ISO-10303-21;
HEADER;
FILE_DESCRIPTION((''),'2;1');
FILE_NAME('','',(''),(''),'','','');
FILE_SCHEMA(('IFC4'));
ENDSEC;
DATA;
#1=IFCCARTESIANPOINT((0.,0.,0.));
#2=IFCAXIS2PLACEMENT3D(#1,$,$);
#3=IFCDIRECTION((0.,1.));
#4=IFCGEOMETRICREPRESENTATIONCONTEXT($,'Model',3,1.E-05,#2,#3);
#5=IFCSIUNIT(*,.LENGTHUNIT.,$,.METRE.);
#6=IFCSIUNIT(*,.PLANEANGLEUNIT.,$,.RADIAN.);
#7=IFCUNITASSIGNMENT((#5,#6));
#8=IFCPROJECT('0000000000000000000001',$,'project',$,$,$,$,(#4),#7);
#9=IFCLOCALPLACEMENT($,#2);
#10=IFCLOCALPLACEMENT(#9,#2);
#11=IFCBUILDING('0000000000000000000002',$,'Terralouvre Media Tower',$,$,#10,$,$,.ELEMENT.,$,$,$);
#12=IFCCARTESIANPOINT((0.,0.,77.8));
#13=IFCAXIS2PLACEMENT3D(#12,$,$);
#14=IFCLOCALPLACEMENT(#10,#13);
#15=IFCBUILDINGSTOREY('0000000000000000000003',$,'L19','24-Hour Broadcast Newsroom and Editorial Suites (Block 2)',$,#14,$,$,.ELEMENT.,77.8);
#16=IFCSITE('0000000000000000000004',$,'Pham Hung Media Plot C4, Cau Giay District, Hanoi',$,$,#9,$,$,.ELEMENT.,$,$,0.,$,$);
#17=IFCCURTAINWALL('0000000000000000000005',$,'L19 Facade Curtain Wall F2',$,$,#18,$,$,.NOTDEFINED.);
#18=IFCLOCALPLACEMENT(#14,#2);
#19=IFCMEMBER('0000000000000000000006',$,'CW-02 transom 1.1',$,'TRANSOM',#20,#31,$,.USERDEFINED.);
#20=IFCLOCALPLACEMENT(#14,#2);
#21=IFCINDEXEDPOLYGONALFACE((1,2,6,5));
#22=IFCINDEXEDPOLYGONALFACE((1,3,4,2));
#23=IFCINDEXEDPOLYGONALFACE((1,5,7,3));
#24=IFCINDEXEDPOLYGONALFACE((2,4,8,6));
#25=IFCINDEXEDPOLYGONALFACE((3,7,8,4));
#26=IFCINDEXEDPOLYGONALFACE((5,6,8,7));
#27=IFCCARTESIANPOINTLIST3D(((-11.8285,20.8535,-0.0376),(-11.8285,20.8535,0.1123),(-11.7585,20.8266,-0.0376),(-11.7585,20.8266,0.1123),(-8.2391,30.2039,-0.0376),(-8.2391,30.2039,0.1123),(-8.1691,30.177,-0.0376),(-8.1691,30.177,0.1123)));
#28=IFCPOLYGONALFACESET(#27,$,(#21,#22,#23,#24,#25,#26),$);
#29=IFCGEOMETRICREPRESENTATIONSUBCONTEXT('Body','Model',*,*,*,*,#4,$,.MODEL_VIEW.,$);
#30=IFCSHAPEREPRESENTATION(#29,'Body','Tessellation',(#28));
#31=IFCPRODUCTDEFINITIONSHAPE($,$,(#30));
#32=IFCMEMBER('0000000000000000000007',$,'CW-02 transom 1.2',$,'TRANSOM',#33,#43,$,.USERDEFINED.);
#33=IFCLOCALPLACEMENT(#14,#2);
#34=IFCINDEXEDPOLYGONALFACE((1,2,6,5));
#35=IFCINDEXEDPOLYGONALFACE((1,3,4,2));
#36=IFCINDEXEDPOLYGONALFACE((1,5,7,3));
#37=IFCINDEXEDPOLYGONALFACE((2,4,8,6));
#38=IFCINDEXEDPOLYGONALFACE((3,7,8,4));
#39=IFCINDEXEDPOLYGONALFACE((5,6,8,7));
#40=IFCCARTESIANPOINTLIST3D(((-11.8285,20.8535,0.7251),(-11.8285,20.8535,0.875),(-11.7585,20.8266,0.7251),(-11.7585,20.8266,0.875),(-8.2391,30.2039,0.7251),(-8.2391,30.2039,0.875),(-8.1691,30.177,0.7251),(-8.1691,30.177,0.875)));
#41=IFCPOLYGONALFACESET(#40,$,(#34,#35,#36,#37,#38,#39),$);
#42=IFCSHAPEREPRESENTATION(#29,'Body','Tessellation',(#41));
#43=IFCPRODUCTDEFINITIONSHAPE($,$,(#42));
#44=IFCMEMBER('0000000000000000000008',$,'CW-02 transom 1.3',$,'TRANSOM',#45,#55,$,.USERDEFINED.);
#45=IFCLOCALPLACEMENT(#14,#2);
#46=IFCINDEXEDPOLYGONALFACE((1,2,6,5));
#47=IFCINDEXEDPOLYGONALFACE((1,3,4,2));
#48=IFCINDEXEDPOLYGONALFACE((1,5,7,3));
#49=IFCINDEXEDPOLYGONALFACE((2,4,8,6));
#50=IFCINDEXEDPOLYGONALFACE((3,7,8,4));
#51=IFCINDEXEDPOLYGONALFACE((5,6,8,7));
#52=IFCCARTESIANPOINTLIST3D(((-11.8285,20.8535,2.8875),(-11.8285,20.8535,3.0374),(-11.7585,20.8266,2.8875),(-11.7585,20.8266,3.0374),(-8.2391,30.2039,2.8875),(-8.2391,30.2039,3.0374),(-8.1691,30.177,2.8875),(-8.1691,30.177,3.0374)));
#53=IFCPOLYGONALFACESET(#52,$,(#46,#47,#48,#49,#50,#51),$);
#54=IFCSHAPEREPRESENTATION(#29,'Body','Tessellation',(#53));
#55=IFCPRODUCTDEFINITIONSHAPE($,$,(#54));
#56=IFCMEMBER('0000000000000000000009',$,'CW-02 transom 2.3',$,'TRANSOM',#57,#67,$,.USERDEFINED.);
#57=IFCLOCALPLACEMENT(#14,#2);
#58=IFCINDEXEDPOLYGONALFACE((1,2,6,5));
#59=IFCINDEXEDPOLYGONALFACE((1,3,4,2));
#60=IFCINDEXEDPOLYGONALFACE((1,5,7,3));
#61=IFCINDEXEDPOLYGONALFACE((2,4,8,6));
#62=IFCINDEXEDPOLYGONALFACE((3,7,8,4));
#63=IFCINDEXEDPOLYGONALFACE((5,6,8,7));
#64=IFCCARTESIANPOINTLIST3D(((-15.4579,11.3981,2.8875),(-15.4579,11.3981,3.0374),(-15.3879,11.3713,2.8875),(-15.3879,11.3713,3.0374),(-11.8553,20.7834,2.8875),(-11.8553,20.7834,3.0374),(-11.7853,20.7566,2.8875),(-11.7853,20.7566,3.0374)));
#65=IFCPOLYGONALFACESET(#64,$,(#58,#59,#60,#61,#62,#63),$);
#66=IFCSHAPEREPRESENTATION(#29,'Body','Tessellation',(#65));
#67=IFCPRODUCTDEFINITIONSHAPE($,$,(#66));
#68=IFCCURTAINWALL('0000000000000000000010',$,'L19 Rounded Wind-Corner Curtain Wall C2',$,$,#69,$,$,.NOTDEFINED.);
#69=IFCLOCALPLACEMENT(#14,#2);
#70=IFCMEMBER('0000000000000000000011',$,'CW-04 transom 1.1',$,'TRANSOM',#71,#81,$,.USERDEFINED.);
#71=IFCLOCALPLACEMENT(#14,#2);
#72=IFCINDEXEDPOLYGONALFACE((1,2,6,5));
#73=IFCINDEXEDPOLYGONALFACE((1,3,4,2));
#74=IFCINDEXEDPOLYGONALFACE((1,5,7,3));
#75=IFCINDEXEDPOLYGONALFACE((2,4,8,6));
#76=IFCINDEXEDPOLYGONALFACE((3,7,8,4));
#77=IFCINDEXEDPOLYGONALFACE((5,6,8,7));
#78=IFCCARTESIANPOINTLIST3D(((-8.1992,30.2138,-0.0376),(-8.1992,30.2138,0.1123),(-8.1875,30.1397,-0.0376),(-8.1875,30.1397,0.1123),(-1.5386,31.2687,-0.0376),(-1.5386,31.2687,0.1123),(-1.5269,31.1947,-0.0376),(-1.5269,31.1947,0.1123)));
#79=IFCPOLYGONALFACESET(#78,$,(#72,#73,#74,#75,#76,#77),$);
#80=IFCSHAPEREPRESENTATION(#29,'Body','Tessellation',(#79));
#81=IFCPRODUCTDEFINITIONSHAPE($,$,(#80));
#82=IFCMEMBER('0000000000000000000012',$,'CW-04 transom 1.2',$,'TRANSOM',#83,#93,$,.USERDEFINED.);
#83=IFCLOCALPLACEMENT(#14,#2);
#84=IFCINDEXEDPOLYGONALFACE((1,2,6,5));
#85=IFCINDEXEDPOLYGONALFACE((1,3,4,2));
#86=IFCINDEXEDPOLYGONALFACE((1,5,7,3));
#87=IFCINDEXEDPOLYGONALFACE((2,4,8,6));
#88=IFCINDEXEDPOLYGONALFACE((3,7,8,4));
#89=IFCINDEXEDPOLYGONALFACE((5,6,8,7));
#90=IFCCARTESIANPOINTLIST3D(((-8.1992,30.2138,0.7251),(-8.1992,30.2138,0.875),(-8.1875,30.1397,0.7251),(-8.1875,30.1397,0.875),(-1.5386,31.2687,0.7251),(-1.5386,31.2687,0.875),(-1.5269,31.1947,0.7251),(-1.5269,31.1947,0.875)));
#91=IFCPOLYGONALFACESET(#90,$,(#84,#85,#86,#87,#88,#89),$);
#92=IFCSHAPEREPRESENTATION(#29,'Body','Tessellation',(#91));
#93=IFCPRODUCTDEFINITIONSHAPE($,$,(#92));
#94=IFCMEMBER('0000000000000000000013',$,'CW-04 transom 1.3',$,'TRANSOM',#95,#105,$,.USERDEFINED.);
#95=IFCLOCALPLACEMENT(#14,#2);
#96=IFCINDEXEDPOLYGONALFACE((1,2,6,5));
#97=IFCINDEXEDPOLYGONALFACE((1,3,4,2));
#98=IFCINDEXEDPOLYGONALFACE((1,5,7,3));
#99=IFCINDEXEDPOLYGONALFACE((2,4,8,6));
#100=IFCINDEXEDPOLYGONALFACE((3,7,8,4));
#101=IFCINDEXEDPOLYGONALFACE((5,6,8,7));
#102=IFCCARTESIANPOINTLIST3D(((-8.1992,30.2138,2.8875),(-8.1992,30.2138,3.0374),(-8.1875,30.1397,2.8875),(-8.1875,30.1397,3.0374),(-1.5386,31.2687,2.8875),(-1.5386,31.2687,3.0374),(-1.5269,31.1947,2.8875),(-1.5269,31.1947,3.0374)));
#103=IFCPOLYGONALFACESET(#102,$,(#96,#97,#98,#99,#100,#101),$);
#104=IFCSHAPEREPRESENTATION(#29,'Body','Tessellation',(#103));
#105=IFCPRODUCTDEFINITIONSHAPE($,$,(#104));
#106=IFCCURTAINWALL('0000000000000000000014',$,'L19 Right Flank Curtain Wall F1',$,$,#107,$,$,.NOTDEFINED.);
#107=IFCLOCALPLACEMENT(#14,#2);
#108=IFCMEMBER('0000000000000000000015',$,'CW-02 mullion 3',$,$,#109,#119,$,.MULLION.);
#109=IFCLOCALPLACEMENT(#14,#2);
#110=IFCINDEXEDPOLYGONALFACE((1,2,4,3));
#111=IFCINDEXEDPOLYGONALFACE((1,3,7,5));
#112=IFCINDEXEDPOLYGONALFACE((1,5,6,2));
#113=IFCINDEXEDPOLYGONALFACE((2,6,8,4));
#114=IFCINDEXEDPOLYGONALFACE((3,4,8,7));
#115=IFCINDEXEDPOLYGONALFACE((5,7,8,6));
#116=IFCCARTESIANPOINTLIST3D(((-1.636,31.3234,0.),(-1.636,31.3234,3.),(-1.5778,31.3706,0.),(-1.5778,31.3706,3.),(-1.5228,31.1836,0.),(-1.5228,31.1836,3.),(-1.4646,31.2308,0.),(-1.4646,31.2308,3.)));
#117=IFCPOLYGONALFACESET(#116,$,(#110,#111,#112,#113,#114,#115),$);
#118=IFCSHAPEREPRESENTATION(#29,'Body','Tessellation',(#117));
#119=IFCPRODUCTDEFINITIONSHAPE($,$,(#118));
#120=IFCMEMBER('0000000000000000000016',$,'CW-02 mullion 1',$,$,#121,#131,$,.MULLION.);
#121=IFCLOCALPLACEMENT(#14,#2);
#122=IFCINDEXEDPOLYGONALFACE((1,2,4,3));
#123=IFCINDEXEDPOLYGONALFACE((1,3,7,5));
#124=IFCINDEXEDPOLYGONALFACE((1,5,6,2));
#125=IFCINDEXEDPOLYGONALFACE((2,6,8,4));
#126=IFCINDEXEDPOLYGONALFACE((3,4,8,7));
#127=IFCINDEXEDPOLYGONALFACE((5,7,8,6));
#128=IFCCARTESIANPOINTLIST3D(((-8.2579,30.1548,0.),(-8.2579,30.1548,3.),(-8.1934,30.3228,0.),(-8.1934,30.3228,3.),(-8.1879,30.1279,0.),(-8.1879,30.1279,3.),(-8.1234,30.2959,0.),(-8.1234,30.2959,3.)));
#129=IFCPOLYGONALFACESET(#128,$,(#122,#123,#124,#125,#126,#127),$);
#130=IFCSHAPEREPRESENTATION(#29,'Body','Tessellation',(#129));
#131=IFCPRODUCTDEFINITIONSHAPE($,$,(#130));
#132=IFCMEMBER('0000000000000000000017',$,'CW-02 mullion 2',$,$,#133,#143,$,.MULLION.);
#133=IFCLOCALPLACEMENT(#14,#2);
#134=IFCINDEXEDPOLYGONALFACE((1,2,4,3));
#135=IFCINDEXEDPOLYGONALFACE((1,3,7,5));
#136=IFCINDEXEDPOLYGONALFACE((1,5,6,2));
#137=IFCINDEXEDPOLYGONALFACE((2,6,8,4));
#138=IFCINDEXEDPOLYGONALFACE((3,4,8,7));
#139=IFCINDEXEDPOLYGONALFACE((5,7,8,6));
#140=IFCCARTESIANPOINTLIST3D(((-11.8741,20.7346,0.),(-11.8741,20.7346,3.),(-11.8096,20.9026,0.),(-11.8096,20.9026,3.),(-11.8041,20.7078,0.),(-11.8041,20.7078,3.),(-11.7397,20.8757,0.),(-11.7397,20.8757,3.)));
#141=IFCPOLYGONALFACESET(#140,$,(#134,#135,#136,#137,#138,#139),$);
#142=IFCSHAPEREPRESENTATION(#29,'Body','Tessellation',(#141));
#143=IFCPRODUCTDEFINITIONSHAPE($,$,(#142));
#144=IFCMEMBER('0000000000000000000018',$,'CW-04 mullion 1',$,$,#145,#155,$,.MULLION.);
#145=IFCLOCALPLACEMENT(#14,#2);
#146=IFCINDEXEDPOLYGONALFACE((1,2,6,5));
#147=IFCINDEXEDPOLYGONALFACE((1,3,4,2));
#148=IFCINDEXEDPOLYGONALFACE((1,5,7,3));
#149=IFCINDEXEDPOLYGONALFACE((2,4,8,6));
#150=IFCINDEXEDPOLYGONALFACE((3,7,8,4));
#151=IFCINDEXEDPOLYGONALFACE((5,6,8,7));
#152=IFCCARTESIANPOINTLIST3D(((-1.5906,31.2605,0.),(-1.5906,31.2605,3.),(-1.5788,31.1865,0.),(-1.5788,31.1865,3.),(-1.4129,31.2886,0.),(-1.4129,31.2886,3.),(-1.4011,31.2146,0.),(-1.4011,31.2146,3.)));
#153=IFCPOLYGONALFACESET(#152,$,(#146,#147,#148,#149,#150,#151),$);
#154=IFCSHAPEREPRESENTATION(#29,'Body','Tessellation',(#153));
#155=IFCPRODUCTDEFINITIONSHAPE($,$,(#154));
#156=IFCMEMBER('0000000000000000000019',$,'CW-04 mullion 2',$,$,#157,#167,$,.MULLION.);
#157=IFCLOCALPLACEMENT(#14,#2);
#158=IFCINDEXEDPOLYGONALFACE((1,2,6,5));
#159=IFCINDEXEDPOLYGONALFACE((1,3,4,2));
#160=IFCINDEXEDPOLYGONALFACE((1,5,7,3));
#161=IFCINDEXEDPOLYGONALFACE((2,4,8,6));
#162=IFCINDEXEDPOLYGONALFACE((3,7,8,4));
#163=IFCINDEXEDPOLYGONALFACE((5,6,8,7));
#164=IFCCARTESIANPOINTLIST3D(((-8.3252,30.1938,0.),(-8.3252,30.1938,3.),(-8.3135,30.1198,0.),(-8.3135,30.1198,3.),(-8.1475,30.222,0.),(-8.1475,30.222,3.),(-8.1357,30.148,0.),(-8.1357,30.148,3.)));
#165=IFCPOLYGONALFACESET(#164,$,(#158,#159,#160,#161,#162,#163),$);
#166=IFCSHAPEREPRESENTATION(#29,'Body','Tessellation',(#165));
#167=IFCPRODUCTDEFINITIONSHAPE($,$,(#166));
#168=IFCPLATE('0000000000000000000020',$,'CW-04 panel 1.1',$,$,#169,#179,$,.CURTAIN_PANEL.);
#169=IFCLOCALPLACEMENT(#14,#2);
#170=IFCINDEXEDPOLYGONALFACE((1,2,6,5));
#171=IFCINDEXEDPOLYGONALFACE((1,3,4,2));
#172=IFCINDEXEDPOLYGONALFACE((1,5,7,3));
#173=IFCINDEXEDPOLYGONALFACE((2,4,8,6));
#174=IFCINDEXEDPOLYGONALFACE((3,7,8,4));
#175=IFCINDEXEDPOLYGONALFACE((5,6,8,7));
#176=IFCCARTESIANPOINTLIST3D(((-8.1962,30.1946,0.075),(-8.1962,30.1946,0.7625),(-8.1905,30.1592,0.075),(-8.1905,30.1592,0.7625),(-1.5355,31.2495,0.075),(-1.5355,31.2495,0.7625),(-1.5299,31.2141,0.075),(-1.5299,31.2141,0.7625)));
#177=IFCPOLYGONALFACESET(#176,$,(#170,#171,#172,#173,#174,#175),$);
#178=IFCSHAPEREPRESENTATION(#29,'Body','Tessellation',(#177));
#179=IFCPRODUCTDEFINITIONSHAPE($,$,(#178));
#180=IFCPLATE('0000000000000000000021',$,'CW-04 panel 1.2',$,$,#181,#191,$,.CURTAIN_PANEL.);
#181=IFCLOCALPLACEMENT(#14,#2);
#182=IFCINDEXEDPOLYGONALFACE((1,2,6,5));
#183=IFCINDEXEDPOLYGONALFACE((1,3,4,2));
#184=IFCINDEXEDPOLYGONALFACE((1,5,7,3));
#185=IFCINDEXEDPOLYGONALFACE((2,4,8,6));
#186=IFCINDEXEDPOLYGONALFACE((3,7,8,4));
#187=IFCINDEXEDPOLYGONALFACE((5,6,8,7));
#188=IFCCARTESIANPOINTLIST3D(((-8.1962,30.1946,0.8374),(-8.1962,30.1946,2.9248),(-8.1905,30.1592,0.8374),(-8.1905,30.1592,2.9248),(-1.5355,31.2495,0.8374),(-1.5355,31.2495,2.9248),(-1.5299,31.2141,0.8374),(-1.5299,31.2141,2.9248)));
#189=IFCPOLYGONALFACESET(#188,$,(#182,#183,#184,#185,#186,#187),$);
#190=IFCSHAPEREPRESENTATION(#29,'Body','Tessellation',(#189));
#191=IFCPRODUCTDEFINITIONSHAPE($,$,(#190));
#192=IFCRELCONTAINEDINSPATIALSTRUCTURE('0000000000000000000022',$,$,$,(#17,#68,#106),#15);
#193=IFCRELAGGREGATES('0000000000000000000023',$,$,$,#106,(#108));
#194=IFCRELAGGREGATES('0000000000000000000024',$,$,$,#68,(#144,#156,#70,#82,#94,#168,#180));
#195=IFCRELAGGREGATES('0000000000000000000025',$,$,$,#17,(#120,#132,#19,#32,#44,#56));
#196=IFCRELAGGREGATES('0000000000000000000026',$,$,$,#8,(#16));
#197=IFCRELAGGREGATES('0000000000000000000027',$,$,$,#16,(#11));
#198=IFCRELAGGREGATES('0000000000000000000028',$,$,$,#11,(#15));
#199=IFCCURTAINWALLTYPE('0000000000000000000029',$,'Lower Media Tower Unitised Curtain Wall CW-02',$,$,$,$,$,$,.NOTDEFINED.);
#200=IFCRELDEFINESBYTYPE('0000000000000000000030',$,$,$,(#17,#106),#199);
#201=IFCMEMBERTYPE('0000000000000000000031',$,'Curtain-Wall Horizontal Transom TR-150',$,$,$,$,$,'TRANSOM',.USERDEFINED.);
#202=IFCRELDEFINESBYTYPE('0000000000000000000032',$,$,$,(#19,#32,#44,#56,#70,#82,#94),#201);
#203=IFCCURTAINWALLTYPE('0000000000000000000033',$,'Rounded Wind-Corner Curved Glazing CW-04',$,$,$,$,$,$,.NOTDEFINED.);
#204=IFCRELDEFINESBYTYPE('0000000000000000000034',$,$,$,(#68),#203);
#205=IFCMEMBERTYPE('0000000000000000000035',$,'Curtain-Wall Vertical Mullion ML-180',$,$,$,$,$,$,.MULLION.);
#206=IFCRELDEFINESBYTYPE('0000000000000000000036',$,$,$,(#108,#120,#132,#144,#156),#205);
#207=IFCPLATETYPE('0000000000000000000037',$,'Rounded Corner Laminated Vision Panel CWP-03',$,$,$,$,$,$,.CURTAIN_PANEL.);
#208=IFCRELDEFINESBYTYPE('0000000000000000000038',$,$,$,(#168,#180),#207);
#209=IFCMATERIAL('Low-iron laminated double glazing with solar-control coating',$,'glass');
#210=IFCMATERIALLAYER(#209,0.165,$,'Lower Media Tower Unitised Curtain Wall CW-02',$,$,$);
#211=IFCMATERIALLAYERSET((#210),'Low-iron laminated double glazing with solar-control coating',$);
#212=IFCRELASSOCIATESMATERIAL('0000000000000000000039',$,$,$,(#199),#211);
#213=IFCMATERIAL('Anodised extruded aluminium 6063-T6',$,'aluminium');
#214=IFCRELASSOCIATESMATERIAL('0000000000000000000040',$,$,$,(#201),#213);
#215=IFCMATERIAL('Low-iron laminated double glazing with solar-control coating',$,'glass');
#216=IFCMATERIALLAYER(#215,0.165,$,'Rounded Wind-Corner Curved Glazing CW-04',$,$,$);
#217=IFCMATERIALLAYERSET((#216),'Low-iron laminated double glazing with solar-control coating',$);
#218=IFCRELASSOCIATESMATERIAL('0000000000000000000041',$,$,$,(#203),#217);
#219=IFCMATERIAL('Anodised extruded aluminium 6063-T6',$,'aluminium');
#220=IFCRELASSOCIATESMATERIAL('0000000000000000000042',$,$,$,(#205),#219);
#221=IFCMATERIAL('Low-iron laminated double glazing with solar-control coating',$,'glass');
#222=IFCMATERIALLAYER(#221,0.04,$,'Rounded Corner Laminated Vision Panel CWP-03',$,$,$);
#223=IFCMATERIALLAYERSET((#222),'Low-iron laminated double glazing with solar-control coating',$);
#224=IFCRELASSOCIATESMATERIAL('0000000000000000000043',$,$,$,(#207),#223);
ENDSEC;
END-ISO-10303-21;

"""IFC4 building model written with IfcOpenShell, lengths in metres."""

from ifc_helpers import new_model, si_unit, direction, frame, origin, origin_2d, place, context, subcontext, project, spatial, rectangle, extrude, material, layer, layer_set, material_profile, profile_set, type_object, element, aggregate, save


model = new_model("IFC4")

# Units and contexts
model_context = context("Model", 3, precision=1e-05, world=origin(), true_north=direction((0.0, 1.0)))
body_context = subcontext(model_context, "Body", "Model", "MODEL_VIEW")
ifc_project = project(units=[si_unit("LENGTHUNIT", "METRE"), si_unit("PLANEANGLEUNIT", "RADIAN")], contexts=[model_context])

# Site, building, storey
site_placement = place(None, origin())
site = spatial("IfcSite", under=ifc_project, at=site_placement, Name="Pham Hung Media Plot C4, Cau Giay District, Hanoi", CompositionType="ELEMENT", RefElevation=0.0)
building_placement = place(site_placement, origin())
building = spatial("IfcBuilding", under=site, at=building_placement, Name="Terralouvre Media Tower", CompositionType="ELEMENT")
storey_placement = place(building_placement, frame((0.0, 0.0, 77.8)))
storey = spatial("IfcBuildingStorey", under=building, at=storey_placement, Name="L19", Description="24-Hour Broadcast Newsroom and Editorial Suites (Block 2)", CompositionType="ELEMENT", Elevation=77.8)

# Curtain walls, members
ifc_material_1 = material(Name="Low-iron laminated double glazing with solar-control coating", Category="glass")
ifc_layer_1 = layer(ifc_material_1, 0.165, Name="Lower Media Tower Unitised Curtain Wall CW-02")
ifc_layer_set_1 = layer_set([ifc_layer_1], Name="Low-iron laminated double glazing with solar-control coating")
curtain_wall_type_1 = type_object("IfcCurtainWallType", Name="Lower Media Tower Unitised Curtain Wall CW-02", PredefinedType="NOTDEFINED", material=ifc_layer_set_1)
curtain_wall_1_placement = place(storey_placement, origin())
curtain_wall_1 = element("IfcCurtainWall", 1, at=curtain_wall_1_placement, inside=storey, type_object=curtain_wall_type_1, Name="L19 Facade Curtain Wall F2", PredefinedType="NOTDEFINED")
ifc_material_2 = material(Name="Anodised extruded aluminium 6063-T6", Category="aluminium")
ifc_material_profile_1 = material_profile(ifc_material_2, rectangle(XDim=0.075, YDim=0.1499, at=origin_2d()), Name="ALU 75x150")
ifc_profile_set_1 = profile_set([ifc_material_profile_1], Name="Anodised extruded aluminium 6063-T6")
member_type_1 = type_object("IfcMemberType", Name="Curtain-Wall Horizontal Transom TR-150", ElementType="TRANSOM", PredefinedType="USERDEFINED", material=ifc_profile_set_1)
member_1_placement = place(storey_placement, frame((-8.2041, 30.1904, 0.0374), z_axis=(-0.358376, -0.933577, 0.0), x_axis=(0.933577, -0.358376, 0.0)))
member_1 = element("IfcMember", 2, at=member_1_placement, type_object=member_type_1, Name="CW-02 transom 1.1", ObjectType="TRANSOM", PredefinedType="USERDEFINED", context=body_context, shape_type="SweptSolid", body=[
    extrude(rectangle(XDim=0.075, YDim=0.1499, at=origin_2d()), origin(), (0.0, 0.0, 1.0), 10.0156),
])
member_2_placement = place(storey_placement, frame((-8.2041, 30.1904, 0.8), z_axis=(-0.358376, -0.933577, 0.0), x_axis=(0.933577, -0.358376, 0.0)))
member_2 = element("IfcMember", 3, at=member_2_placement, type_object=member_type_1, Name="CW-02 transom 1.2", ObjectType="TRANSOM", PredefinedType="USERDEFINED", context=body_context, shape_type="SweptSolid", body=[
    extrude(rectangle(XDim=0.075, YDim=0.1499, at=origin_2d()), origin(), (0.0, 0.0, 1.0), 10.0156),
])
member_3_placement = place(storey_placement, frame((-8.2041, 30.1904, 2.9624), z_axis=(-0.358376, -0.933577, 0.0), x_axis=(0.933577, -0.358376, 0.0)))
member_3 = element("IfcMember", 4, at=member_3_placement, type_object=member_type_1, Name="CW-02 transom 1.3", ObjectType="TRANSOM", PredefinedType="USERDEFINED", context=body_context, shape_type="SweptSolid", body=[
    extrude(rectangle(XDim=0.075, YDim=0.1499, at=origin_2d()), origin(), (0.0, 0.0, 1.0), 10.0156),
])
member_4_placement = place(storey_placement, frame((-11.8203, 20.77, 2.9624), z_axis=(-0.358357, -0.933584, 0.0), x_axis=(0.933584, -0.358357, 0.0)))
member_4 = element("IfcMember", 5, at=member_4_placement, type_object=member_type_1, Name="CW-02 transom 2.3", ObjectType="TRANSOM", PredefinedType="USERDEFINED", context=body_context, shape_type="SweptSolid", body=[
    extrude(rectangle(XDim=0.075, YDim=0.1499, at=origin_2d()), origin(), (0.0, 0.0, 1.0), 10.053),
])
ifc_material_3 = material(Name="Low-iron laminated double glazing with solar-control coating", Category="glass")
ifc_layer_2 = layer(ifc_material_3, 0.165, Name="Rounded Wind-Corner Curved Glazing CW-04")
ifc_layer_set_2 = layer_set([ifc_layer_2], Name="Low-iron laminated double glazing with solar-control coating")
curtain_wall_type_2 = type_object("IfcCurtainWallType", Name="Rounded Wind-Corner Curved Glazing CW-04", PredefinedType="NOTDEFINED", material=ifc_layer_set_2)
curtain_wall_2_placement = place(storey_placement, origin())
curtain_wall_2 = element("IfcCurtainWall", 6, at=curtain_wall_2_placement, inside=storey, type_object=curtain_wall_type_2, Name="L19 Rounded Wind-Corner Curtain Wall C2", PredefinedType="NOTDEFINED")
member_5_placement = place(storey_placement, frame((-1.5327, 31.2317, 0.0374), z_axis=(-0.987689, -0.156433, 0.0), x_axis=(0.156433, -0.987689, 0.0)))
member_5 = element("IfcMember", 7, at=member_5_placement, type_object=member_type_1, Name="CW-04 transom 1.1", ObjectType="TRANSOM", PredefinedType="USERDEFINED", context=body_context, shape_type="SweptSolid", body=[
    extrude(rectangle(XDim=0.075, YDim=0.1499, at=origin_2d()), origin(), (0.0, 0.0, 1.0), 6.7437),
])
member_6_placement = place(storey_placement, frame((-1.5327, 31.2317, 0.8), z_axis=(-0.987689, -0.156433, 0.0), x_axis=(0.156433, -0.987689, 0.0)))
member_6 = element("IfcMember", 8, at=member_6_placement, type_object=member_type_1, Name="CW-04 transom 1.2", ObjectType="TRANSOM", PredefinedType="USERDEFINED", context=body_context, shape_type="SweptSolid", body=[
    extrude(rectangle(XDim=0.075, YDim=0.1499, at=origin_2d()), origin(), (0.0, 0.0, 1.0), 6.7437),
])
member_7_placement = place(storey_placement, frame((-1.5327, 31.2317, 2.9624), z_axis=(-0.987689, -0.156433, 0.0), x_axis=(0.156433, -0.987689, 0.0)))
member_7 = element("IfcMember", 9, at=member_7_placement, type_object=member_type_1, Name="CW-04 transom 1.3", ObjectType="TRANSOM", PredefinedType="USERDEFINED", context=body_context, shape_type="SweptSolid", body=[
    extrude(rectangle(XDim=0.075, YDim=0.1499, at=origin_2d()), origin(), (0.0, 0.0, 1.0), 6.7437),
])

# Curtain wall, member
curtain_wall_3_placement = place(storey_placement, origin())
curtain_wall_3 = element("IfcCurtainWall", 10, at=curtain_wall_3_placement, inside=storey, type_object=curtain_wall_type_1, Name="L19 Right Flank Curtain Wall F1", PredefinedType="NOTDEFINED")
ifc_material_4 = material(Name="Anodised extruded aluminium 6063-T6", Category="aluminium")
ifc_material_profile_2 = material_profile(ifc_material_4, rectangle(XDim=0.075, YDim=0.1799, at=origin_2d()), Name="ALU 75x180")
ifc_profile_set_2 = profile_set([ifc_material_profile_2], Name="Anodised extruded aluminium 6063-T6")
member_type_2 = type_object("IfcMemberType", Name="Curtain-Wall Vertical Mullion ML-180", PredefinedType="MULLION", material=ifc_profile_set_2)
member_8_placement = place(storey_placement, frame((-1.5503, 31.2771, 0.0), z_axis=(0.0, 0.0, 1.0), x_axis=(-0.777146, -0.629321, 0.0)))
member_8 = element("IfcMember", 11, at=member_8_placement, type_object=member_type_2, Name="CW-02 mullion 3", PredefinedType="MULLION", context=body_context, shape_type="SweptSolid", body=[
    extrude(rectangle(XDim=0.075, YDim=0.1799, at=origin_2d()), origin(), (0.0, 0.0, 1.0), 3.0),
])
aggregate(curtain_wall_3, [member_8])

# Members
member_9_placement = place(storey_placement, frame((-8.1907, 30.2253, 0.0), z_axis=(0.0, 0.0, 1.0), x_axis=(0.93358, -0.358368, 0.0)))
member_9 = element("IfcMember", 12, at=member_9_placement, type_object=member_type_2, Name="CW-02 mullion 1", PredefinedType="MULLION", context=body_context, shape_type="SweptSolid", body=[
    extrude(rectangle(XDim=0.075, YDim=0.1799, at=origin_2d()), origin(), (0.0, 0.0, 1.0), 3.0),
])
member_10_placement = place(storey_placement, frame((-11.8069, 20.8052, 0.0), z_axis=(0.0, 0.0, 1.0), x_axis=(0.93358, -0.358368, 0.0)))
member_10 = element("IfcMember", 13, at=member_10_placement, type_object=member_type_2, Name="CW-02 mullion 2", PredefinedType="MULLION", context=body_context, shape_type="SweptSolid", body=[
    extrude(rectangle(XDim=0.075, YDim=0.1799, at=origin_2d()), origin(), (0.0, 0.0, 1.0), 3.0),
])
member_11_placement = place(storey_placement, frame((-1.4958, 31.2375, 0.0), z_axis=(0.0, 0.0, 1.0), x_axis=(0.156434, -0.987688, 0.0)))
member_11 = element("IfcMember", 14, at=member_11_placement, type_object=member_type_2, Name="CW-04 mullion 1", PredefinedType="MULLION", context=body_context, shape_type="SweptSolid", body=[
    extrude(rectangle(XDim=0.075, YDim=0.1799, at=origin_2d()), origin(), (0.0, 0.0, 1.0), 3.0),
])
member_12_placement = place(storey_placement, frame((-8.2305, 30.1709, 0.0), z_axis=(0.0, 0.0, 1.0), x_axis=(0.156434, -0.987688, 0.0)))
member_12 = element("IfcMember", 15, at=member_12_placement, type_object=member_type_2, Name="CW-04 mullion 2", PredefinedType="MULLION", context=body_context, shape_type="SweptSolid", body=[
    extrude(rectangle(XDim=0.075, YDim=0.1799, at=origin_2d()), origin(), (0.0, 0.0, 1.0), 3.0),
])

# Plates
ifc_material_5 = material(Name="Low-iron laminated double glazing with solar-control coating", Category="glass")
ifc_layer_3 = layer(ifc_material_5, 0.04, Name="Rounded Corner Laminated Vision Panel CWP-03")
ifc_layer_set_3 = layer_set([ifc_layer_3], Name="Low-iron laminated double glazing with solar-control coating")
plate_type_1 = type_object("IfcPlateType", Name="Rounded Corner Laminated Vision Panel CWP-03", PredefinedType="CURTAIN_PANEL", material=ifc_layer_set_3)
plate_1_placement = place(storey_placement, frame((-4.863, 30.7043, 0.075), z_axis=(0.0, 0.0, 1.0), x_axis=(-0.987688, -0.156434, 0.0)))
plate_1 = element("IfcPlate", 16, at=plate_1_placement, type_object=plate_type_1, Name="CW-04 panel 1.1", PredefinedType="CURTAIN_PANEL", context=body_context, shape_type="SweptSolid", body=[
    extrude(rectangle(XDim=6.7437, YDim=0.0359, at=origin_2d()), origin(), (0.0, 0.0, 1.0), 0.6875),
])
plate_2_placement = place(storey_placement, frame((-4.863, 30.7043, 0.8374), z_axis=(0.0, 0.0, 1.0), x_axis=(-0.987688, -0.156434, 0.0)))
plate_2 = element("IfcPlate", 17, at=plate_2_placement, type_object=plate_type_1, Name="CW-04 panel 1.2", PredefinedType="CURTAIN_PANEL", context=body_context, shape_type="SweptSolid", body=[
    extrude(rectangle(XDim=6.7437, YDim=0.0359, at=origin_2d()), origin(), (0.0, 0.0, 1.0), 2.0874),
])
aggregate(curtain_wall_2, [member_11, member_12, member_5, member_6, member_7, plate_1, plate_2])
aggregate(curtain_wall_1, [member_9, member_10, member_1, member_2, member_3, member_4])

save(model, "model.ifc")
